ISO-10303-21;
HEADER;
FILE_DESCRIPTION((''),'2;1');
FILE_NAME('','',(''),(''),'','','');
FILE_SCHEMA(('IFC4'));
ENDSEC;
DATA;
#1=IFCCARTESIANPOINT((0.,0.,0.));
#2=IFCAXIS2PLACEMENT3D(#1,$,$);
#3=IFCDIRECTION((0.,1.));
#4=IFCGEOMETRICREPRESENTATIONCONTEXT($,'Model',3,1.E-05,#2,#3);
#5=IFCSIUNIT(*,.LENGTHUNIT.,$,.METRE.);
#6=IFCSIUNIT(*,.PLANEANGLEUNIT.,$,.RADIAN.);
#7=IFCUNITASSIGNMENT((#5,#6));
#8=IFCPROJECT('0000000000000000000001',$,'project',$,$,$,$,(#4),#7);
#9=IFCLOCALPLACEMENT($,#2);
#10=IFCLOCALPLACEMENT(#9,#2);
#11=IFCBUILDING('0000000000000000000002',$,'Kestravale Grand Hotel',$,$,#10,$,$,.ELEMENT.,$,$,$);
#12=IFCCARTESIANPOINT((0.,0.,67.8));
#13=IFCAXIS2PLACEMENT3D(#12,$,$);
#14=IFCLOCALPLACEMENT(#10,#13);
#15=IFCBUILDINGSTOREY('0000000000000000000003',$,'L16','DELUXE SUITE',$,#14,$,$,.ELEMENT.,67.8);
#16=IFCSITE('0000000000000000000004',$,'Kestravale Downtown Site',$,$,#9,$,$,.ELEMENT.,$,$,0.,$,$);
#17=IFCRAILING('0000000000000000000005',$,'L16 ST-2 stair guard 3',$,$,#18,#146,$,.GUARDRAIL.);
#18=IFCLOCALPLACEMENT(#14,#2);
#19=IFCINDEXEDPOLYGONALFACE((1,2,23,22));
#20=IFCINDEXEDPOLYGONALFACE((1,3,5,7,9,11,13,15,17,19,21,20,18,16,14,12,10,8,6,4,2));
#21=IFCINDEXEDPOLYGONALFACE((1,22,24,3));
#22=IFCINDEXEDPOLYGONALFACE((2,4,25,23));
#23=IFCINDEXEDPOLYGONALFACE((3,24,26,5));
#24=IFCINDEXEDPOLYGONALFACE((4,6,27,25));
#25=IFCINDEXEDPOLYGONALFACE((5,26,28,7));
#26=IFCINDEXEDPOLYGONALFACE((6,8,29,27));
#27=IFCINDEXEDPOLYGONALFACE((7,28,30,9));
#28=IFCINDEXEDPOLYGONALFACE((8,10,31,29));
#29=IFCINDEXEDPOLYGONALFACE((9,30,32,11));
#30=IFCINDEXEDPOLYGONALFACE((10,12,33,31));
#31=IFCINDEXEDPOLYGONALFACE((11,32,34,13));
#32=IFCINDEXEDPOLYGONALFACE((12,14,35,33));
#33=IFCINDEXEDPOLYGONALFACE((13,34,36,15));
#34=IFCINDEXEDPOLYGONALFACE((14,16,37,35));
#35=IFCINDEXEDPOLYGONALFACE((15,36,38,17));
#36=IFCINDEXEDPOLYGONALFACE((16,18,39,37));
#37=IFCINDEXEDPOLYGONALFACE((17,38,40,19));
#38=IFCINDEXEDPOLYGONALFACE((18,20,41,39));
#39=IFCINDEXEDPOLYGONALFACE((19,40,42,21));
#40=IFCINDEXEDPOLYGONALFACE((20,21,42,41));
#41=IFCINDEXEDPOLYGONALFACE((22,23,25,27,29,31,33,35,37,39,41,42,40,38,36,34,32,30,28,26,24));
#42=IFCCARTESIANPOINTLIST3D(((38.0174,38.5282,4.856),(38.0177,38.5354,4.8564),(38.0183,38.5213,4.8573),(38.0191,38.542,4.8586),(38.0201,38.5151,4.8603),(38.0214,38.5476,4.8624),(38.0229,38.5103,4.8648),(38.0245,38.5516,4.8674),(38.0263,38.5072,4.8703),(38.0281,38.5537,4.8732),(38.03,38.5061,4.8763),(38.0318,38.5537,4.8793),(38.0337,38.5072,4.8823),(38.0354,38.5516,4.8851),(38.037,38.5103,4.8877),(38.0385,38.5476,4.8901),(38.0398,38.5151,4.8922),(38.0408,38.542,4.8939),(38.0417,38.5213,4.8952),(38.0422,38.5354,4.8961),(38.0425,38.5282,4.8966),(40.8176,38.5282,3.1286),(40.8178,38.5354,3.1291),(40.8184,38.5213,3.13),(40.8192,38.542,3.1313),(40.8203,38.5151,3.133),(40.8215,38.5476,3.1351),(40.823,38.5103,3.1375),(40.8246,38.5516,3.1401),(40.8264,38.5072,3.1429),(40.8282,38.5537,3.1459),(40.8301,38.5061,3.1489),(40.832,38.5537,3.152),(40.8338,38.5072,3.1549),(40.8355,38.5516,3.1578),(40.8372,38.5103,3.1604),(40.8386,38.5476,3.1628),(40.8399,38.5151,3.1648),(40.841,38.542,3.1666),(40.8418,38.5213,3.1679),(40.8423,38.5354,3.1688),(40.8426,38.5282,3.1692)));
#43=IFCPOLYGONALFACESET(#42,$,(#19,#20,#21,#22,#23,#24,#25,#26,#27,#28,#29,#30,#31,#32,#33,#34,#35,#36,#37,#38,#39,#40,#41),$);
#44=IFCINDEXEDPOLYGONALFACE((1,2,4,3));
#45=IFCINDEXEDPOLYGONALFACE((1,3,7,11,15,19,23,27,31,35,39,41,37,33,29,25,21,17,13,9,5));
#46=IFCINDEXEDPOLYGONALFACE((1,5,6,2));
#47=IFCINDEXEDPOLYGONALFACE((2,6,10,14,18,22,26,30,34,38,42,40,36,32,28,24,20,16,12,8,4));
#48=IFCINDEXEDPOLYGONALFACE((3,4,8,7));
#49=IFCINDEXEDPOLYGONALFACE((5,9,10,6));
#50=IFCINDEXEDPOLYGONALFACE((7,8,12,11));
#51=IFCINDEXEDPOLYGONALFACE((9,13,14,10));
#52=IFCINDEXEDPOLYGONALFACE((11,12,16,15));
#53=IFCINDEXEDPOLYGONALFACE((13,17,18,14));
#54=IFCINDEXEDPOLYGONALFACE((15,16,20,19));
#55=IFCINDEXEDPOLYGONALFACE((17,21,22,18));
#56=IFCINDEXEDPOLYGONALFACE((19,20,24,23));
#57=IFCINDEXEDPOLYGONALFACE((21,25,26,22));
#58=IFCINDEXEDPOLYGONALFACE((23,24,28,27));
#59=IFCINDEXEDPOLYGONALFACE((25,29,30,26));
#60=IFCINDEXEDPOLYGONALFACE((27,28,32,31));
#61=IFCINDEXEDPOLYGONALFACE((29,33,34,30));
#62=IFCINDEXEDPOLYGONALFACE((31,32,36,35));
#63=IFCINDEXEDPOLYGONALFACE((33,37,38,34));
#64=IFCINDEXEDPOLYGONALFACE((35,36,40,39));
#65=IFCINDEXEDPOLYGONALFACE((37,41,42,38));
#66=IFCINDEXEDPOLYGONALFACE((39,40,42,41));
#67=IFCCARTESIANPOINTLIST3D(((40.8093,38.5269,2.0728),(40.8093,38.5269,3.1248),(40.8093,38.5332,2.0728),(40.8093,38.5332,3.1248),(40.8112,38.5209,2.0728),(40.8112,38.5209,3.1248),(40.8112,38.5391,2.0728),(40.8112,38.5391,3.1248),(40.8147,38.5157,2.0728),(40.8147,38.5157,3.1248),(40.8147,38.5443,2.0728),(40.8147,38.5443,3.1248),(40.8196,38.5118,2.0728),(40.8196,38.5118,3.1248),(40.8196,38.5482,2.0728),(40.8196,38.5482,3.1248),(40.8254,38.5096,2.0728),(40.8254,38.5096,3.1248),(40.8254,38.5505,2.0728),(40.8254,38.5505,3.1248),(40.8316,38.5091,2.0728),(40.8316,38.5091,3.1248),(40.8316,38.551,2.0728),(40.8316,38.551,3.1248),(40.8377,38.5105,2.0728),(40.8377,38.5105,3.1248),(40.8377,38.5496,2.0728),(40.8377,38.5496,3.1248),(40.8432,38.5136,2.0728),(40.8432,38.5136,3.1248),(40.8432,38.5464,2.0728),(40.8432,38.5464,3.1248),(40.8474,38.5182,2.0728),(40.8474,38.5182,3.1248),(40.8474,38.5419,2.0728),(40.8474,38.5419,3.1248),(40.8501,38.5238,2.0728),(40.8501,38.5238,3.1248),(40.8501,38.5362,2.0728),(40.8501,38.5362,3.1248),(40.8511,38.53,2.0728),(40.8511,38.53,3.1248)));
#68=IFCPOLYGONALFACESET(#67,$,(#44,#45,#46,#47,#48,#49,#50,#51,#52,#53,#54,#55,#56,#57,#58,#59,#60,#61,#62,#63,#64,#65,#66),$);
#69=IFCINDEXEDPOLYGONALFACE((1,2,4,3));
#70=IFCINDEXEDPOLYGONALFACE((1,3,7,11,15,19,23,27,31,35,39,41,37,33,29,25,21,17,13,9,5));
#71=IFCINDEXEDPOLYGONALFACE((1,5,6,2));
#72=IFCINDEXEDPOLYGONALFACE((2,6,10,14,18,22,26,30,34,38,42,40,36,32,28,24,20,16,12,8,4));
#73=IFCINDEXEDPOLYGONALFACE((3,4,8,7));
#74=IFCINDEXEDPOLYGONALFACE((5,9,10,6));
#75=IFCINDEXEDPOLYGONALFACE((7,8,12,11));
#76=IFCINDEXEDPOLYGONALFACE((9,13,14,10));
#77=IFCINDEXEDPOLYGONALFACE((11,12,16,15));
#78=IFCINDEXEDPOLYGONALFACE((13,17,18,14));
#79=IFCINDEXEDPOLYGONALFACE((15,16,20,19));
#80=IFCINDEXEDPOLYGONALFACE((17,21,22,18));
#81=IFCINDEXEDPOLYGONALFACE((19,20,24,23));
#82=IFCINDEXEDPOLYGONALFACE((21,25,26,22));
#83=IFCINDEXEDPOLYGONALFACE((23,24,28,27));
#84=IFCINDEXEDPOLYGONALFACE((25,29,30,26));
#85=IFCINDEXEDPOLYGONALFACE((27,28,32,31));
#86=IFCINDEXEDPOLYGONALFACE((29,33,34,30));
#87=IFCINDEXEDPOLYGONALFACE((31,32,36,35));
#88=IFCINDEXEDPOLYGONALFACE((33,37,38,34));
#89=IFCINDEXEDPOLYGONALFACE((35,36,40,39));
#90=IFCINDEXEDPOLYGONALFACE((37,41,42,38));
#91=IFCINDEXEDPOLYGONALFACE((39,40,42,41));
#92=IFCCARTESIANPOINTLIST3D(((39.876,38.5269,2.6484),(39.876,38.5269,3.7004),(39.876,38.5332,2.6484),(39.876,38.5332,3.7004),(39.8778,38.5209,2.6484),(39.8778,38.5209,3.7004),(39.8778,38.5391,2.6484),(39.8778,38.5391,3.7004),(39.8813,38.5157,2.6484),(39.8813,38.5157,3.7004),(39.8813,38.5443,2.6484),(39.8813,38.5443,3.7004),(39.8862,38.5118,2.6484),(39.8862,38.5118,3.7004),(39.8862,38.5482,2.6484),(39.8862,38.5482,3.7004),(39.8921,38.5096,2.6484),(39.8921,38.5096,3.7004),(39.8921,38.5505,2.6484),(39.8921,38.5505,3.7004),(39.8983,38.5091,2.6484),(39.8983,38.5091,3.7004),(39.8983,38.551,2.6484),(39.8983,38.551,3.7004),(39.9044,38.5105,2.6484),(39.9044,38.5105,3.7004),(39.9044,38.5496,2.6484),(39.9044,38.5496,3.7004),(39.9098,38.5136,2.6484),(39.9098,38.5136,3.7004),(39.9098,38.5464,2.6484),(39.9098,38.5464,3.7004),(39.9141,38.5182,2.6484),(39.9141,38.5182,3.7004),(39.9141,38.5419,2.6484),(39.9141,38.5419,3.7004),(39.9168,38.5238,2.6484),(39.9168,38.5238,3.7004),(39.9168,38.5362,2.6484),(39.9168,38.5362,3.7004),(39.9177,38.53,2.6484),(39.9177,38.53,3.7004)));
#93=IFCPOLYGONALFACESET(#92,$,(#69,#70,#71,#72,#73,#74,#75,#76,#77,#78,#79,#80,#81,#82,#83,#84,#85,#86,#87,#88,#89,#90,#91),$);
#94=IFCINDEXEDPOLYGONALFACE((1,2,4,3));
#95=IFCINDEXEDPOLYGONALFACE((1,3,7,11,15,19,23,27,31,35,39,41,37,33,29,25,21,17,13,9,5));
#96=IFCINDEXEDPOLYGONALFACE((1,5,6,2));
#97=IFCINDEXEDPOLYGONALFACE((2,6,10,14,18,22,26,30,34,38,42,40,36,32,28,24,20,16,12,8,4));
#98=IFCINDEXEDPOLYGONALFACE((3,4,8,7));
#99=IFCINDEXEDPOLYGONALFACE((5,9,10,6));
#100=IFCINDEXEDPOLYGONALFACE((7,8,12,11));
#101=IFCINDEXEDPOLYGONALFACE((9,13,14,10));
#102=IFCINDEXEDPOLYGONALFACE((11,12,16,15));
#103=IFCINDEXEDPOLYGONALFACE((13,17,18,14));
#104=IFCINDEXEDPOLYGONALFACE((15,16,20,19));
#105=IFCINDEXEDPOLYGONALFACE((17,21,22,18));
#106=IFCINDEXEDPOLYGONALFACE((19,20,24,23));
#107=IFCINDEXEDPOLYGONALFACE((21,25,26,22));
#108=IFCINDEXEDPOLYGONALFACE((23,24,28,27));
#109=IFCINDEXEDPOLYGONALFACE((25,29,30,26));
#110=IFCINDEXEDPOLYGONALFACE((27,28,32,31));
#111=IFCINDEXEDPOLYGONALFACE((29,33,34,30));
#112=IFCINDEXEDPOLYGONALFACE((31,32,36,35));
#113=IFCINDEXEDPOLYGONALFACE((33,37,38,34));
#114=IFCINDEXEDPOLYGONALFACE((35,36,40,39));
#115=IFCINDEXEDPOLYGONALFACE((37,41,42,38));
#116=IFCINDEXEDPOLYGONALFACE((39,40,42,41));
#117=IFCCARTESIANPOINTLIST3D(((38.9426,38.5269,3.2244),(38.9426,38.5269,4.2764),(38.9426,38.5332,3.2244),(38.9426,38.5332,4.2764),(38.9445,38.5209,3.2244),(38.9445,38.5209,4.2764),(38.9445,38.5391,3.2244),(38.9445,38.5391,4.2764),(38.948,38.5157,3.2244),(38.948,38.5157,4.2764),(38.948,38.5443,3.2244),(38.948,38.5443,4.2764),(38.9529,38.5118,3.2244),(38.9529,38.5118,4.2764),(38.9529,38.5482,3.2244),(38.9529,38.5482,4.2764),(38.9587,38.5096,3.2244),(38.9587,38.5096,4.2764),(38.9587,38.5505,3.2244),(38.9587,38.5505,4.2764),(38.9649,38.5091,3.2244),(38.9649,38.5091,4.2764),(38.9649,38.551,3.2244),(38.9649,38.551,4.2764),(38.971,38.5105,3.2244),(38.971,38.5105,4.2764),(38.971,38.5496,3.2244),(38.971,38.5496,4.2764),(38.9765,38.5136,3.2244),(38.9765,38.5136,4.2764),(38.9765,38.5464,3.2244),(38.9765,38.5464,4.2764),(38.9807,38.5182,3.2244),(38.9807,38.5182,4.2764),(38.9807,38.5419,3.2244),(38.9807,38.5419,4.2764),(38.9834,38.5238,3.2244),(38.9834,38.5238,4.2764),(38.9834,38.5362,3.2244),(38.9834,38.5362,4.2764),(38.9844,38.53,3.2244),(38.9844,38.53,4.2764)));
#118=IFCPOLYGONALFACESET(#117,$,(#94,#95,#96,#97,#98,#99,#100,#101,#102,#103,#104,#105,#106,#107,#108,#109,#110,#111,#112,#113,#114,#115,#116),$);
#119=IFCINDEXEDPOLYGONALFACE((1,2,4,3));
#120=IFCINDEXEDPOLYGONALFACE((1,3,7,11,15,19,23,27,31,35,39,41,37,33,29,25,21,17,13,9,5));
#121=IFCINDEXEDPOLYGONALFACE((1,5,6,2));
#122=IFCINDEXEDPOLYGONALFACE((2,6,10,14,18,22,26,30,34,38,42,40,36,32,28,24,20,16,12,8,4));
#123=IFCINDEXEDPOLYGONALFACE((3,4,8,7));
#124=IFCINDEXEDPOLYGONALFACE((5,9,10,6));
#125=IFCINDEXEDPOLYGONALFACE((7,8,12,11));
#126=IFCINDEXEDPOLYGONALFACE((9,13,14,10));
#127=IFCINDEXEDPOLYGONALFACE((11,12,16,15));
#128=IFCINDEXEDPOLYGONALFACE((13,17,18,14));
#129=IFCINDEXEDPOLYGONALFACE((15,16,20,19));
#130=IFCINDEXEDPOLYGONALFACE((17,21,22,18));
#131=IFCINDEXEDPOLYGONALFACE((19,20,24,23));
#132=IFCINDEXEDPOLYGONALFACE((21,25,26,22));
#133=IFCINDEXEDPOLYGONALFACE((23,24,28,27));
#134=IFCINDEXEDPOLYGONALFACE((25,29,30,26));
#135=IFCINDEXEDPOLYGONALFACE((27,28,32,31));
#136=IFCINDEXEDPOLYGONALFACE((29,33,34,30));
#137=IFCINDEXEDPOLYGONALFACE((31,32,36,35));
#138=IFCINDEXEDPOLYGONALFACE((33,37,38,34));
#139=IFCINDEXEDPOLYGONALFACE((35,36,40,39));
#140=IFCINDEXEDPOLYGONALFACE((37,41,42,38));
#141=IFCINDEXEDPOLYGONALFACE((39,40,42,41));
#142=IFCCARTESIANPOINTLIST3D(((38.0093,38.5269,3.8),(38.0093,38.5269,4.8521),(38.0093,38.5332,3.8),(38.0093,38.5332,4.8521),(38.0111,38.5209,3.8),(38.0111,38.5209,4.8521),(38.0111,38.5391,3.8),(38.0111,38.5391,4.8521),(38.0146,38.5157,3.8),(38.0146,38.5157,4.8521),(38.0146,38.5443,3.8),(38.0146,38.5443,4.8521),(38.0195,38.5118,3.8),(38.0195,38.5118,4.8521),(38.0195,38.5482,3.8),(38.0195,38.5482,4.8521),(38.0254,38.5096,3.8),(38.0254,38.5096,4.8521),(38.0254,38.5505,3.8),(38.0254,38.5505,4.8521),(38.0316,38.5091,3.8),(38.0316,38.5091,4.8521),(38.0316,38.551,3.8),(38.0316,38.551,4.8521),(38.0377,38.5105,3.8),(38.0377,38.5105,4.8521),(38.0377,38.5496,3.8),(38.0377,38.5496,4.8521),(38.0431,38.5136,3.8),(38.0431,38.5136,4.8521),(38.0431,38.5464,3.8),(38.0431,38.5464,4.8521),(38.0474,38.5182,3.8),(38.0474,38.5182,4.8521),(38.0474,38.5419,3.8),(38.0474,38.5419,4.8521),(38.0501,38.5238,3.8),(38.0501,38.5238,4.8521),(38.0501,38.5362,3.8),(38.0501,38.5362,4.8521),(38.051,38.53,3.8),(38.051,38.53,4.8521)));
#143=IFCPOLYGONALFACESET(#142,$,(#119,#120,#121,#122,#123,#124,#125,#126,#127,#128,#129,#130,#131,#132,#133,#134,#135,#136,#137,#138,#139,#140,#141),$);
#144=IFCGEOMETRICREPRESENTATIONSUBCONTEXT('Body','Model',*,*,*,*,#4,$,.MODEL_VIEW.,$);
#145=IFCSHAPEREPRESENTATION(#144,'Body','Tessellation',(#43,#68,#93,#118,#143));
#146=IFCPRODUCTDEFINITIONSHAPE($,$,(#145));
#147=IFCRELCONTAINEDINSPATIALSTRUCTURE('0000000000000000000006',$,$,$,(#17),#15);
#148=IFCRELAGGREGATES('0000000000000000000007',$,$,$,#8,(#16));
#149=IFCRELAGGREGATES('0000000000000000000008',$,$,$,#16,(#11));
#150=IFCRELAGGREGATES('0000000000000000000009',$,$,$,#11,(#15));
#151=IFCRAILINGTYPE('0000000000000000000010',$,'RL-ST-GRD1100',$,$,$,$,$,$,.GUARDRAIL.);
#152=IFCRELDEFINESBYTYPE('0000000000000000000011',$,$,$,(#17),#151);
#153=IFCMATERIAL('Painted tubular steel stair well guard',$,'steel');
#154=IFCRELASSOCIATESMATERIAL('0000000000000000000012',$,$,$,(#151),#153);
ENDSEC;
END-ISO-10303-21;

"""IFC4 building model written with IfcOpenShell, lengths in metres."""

from ifc_helpers import new_model, si_unit, direction, frame, origin, origin_2d, place, context, subcontext, project, spatial, circle, extrude, material, type_object, element, save


model = new_model("IFC4")

# Units and contexts
model_context = context("Model", 3, precision=1e-05, world=origin(), true_north=direction((0.0, 1.0)))
body_context = subcontext(model_context, "Body", "Model", "MODEL_VIEW")
ifc_project = project(units=[si_unit("LENGTHUNIT", "METRE"), si_unit("PLANEANGLEUNIT", "RADIAN")], contexts=[model_context])

# Site, building, storey
site_placement = place(None, origin())
site = spatial("IfcSite", under=ifc_project, at=site_placement, Name="Kestravale Downtown Site", CompositionType="ELEMENT", RefElevation=0.0)
building_placement = place(site_placement, origin())
building = spatial("IfcBuilding", under=site, at=building_placement, Name="Kestravale Grand Hotel", CompositionType="ELEMENT")
storey_placement = place(building_placement, frame((0.0, 0.0, 67.8)))
storey = spatial("IfcBuildingStorey", under=building, at=storey_placement, Name="L16", Description="DELUXE SUITE", CompositionType="ELEMENT", Elevation=67.8)

# Railing
ifc_material_1 = material(Name="Painted tubular steel stair well guard", Category="steel")
railing_type_1 = type_object("IfcRailingType", Name="RL-ST-GRD1100", PredefinedType="GUARDRAIL", material=ifc_material_1)
railing_1_placement = place(storey_placement, frame((40.8301, 38.53, 2.0728)))
element("IfcRailing", 1, at=railing_1_placement, inside=storey, type_object=railing_type_1, Name="L16 ST-2 stair guard 3", PredefinedType="GUARDRAIL", context=body_context, shape_type="SweptSolid", body=[
    extrude(circle(Radius=0.0239, at=origin_2d()), frame((0.0, 0.0, 1.0762), z_axis=(-0.85109, 0.0, 0.52502), x_axis=(0.0, -1.0, 0.0)), (0.0, 0.0, 1.0), 3.29),
    extrude(circle(Radius=0.021, at=origin_2d()), origin(), (0.0, 0.0, 1.0), 1.052),
    extrude(circle(Radius=0.021, at=origin_2d()), frame((-0.9333, 0.0, 0.5757)), (0.0, 0.0, 1.0), 1.052),
    extrude(circle(Radius=0.021, at=origin_2d()), frame((-1.8667, 0.0, 1.1516)), (0.0, 0.0, 1.0), 1.052),
    extrude(circle(Radius=0.021, at=origin_2d()), frame((-2.8, 0.0, 1.7273)), (0.0, 0.0, 1.0), 1.052),
])

save(model, "model.ifc")
